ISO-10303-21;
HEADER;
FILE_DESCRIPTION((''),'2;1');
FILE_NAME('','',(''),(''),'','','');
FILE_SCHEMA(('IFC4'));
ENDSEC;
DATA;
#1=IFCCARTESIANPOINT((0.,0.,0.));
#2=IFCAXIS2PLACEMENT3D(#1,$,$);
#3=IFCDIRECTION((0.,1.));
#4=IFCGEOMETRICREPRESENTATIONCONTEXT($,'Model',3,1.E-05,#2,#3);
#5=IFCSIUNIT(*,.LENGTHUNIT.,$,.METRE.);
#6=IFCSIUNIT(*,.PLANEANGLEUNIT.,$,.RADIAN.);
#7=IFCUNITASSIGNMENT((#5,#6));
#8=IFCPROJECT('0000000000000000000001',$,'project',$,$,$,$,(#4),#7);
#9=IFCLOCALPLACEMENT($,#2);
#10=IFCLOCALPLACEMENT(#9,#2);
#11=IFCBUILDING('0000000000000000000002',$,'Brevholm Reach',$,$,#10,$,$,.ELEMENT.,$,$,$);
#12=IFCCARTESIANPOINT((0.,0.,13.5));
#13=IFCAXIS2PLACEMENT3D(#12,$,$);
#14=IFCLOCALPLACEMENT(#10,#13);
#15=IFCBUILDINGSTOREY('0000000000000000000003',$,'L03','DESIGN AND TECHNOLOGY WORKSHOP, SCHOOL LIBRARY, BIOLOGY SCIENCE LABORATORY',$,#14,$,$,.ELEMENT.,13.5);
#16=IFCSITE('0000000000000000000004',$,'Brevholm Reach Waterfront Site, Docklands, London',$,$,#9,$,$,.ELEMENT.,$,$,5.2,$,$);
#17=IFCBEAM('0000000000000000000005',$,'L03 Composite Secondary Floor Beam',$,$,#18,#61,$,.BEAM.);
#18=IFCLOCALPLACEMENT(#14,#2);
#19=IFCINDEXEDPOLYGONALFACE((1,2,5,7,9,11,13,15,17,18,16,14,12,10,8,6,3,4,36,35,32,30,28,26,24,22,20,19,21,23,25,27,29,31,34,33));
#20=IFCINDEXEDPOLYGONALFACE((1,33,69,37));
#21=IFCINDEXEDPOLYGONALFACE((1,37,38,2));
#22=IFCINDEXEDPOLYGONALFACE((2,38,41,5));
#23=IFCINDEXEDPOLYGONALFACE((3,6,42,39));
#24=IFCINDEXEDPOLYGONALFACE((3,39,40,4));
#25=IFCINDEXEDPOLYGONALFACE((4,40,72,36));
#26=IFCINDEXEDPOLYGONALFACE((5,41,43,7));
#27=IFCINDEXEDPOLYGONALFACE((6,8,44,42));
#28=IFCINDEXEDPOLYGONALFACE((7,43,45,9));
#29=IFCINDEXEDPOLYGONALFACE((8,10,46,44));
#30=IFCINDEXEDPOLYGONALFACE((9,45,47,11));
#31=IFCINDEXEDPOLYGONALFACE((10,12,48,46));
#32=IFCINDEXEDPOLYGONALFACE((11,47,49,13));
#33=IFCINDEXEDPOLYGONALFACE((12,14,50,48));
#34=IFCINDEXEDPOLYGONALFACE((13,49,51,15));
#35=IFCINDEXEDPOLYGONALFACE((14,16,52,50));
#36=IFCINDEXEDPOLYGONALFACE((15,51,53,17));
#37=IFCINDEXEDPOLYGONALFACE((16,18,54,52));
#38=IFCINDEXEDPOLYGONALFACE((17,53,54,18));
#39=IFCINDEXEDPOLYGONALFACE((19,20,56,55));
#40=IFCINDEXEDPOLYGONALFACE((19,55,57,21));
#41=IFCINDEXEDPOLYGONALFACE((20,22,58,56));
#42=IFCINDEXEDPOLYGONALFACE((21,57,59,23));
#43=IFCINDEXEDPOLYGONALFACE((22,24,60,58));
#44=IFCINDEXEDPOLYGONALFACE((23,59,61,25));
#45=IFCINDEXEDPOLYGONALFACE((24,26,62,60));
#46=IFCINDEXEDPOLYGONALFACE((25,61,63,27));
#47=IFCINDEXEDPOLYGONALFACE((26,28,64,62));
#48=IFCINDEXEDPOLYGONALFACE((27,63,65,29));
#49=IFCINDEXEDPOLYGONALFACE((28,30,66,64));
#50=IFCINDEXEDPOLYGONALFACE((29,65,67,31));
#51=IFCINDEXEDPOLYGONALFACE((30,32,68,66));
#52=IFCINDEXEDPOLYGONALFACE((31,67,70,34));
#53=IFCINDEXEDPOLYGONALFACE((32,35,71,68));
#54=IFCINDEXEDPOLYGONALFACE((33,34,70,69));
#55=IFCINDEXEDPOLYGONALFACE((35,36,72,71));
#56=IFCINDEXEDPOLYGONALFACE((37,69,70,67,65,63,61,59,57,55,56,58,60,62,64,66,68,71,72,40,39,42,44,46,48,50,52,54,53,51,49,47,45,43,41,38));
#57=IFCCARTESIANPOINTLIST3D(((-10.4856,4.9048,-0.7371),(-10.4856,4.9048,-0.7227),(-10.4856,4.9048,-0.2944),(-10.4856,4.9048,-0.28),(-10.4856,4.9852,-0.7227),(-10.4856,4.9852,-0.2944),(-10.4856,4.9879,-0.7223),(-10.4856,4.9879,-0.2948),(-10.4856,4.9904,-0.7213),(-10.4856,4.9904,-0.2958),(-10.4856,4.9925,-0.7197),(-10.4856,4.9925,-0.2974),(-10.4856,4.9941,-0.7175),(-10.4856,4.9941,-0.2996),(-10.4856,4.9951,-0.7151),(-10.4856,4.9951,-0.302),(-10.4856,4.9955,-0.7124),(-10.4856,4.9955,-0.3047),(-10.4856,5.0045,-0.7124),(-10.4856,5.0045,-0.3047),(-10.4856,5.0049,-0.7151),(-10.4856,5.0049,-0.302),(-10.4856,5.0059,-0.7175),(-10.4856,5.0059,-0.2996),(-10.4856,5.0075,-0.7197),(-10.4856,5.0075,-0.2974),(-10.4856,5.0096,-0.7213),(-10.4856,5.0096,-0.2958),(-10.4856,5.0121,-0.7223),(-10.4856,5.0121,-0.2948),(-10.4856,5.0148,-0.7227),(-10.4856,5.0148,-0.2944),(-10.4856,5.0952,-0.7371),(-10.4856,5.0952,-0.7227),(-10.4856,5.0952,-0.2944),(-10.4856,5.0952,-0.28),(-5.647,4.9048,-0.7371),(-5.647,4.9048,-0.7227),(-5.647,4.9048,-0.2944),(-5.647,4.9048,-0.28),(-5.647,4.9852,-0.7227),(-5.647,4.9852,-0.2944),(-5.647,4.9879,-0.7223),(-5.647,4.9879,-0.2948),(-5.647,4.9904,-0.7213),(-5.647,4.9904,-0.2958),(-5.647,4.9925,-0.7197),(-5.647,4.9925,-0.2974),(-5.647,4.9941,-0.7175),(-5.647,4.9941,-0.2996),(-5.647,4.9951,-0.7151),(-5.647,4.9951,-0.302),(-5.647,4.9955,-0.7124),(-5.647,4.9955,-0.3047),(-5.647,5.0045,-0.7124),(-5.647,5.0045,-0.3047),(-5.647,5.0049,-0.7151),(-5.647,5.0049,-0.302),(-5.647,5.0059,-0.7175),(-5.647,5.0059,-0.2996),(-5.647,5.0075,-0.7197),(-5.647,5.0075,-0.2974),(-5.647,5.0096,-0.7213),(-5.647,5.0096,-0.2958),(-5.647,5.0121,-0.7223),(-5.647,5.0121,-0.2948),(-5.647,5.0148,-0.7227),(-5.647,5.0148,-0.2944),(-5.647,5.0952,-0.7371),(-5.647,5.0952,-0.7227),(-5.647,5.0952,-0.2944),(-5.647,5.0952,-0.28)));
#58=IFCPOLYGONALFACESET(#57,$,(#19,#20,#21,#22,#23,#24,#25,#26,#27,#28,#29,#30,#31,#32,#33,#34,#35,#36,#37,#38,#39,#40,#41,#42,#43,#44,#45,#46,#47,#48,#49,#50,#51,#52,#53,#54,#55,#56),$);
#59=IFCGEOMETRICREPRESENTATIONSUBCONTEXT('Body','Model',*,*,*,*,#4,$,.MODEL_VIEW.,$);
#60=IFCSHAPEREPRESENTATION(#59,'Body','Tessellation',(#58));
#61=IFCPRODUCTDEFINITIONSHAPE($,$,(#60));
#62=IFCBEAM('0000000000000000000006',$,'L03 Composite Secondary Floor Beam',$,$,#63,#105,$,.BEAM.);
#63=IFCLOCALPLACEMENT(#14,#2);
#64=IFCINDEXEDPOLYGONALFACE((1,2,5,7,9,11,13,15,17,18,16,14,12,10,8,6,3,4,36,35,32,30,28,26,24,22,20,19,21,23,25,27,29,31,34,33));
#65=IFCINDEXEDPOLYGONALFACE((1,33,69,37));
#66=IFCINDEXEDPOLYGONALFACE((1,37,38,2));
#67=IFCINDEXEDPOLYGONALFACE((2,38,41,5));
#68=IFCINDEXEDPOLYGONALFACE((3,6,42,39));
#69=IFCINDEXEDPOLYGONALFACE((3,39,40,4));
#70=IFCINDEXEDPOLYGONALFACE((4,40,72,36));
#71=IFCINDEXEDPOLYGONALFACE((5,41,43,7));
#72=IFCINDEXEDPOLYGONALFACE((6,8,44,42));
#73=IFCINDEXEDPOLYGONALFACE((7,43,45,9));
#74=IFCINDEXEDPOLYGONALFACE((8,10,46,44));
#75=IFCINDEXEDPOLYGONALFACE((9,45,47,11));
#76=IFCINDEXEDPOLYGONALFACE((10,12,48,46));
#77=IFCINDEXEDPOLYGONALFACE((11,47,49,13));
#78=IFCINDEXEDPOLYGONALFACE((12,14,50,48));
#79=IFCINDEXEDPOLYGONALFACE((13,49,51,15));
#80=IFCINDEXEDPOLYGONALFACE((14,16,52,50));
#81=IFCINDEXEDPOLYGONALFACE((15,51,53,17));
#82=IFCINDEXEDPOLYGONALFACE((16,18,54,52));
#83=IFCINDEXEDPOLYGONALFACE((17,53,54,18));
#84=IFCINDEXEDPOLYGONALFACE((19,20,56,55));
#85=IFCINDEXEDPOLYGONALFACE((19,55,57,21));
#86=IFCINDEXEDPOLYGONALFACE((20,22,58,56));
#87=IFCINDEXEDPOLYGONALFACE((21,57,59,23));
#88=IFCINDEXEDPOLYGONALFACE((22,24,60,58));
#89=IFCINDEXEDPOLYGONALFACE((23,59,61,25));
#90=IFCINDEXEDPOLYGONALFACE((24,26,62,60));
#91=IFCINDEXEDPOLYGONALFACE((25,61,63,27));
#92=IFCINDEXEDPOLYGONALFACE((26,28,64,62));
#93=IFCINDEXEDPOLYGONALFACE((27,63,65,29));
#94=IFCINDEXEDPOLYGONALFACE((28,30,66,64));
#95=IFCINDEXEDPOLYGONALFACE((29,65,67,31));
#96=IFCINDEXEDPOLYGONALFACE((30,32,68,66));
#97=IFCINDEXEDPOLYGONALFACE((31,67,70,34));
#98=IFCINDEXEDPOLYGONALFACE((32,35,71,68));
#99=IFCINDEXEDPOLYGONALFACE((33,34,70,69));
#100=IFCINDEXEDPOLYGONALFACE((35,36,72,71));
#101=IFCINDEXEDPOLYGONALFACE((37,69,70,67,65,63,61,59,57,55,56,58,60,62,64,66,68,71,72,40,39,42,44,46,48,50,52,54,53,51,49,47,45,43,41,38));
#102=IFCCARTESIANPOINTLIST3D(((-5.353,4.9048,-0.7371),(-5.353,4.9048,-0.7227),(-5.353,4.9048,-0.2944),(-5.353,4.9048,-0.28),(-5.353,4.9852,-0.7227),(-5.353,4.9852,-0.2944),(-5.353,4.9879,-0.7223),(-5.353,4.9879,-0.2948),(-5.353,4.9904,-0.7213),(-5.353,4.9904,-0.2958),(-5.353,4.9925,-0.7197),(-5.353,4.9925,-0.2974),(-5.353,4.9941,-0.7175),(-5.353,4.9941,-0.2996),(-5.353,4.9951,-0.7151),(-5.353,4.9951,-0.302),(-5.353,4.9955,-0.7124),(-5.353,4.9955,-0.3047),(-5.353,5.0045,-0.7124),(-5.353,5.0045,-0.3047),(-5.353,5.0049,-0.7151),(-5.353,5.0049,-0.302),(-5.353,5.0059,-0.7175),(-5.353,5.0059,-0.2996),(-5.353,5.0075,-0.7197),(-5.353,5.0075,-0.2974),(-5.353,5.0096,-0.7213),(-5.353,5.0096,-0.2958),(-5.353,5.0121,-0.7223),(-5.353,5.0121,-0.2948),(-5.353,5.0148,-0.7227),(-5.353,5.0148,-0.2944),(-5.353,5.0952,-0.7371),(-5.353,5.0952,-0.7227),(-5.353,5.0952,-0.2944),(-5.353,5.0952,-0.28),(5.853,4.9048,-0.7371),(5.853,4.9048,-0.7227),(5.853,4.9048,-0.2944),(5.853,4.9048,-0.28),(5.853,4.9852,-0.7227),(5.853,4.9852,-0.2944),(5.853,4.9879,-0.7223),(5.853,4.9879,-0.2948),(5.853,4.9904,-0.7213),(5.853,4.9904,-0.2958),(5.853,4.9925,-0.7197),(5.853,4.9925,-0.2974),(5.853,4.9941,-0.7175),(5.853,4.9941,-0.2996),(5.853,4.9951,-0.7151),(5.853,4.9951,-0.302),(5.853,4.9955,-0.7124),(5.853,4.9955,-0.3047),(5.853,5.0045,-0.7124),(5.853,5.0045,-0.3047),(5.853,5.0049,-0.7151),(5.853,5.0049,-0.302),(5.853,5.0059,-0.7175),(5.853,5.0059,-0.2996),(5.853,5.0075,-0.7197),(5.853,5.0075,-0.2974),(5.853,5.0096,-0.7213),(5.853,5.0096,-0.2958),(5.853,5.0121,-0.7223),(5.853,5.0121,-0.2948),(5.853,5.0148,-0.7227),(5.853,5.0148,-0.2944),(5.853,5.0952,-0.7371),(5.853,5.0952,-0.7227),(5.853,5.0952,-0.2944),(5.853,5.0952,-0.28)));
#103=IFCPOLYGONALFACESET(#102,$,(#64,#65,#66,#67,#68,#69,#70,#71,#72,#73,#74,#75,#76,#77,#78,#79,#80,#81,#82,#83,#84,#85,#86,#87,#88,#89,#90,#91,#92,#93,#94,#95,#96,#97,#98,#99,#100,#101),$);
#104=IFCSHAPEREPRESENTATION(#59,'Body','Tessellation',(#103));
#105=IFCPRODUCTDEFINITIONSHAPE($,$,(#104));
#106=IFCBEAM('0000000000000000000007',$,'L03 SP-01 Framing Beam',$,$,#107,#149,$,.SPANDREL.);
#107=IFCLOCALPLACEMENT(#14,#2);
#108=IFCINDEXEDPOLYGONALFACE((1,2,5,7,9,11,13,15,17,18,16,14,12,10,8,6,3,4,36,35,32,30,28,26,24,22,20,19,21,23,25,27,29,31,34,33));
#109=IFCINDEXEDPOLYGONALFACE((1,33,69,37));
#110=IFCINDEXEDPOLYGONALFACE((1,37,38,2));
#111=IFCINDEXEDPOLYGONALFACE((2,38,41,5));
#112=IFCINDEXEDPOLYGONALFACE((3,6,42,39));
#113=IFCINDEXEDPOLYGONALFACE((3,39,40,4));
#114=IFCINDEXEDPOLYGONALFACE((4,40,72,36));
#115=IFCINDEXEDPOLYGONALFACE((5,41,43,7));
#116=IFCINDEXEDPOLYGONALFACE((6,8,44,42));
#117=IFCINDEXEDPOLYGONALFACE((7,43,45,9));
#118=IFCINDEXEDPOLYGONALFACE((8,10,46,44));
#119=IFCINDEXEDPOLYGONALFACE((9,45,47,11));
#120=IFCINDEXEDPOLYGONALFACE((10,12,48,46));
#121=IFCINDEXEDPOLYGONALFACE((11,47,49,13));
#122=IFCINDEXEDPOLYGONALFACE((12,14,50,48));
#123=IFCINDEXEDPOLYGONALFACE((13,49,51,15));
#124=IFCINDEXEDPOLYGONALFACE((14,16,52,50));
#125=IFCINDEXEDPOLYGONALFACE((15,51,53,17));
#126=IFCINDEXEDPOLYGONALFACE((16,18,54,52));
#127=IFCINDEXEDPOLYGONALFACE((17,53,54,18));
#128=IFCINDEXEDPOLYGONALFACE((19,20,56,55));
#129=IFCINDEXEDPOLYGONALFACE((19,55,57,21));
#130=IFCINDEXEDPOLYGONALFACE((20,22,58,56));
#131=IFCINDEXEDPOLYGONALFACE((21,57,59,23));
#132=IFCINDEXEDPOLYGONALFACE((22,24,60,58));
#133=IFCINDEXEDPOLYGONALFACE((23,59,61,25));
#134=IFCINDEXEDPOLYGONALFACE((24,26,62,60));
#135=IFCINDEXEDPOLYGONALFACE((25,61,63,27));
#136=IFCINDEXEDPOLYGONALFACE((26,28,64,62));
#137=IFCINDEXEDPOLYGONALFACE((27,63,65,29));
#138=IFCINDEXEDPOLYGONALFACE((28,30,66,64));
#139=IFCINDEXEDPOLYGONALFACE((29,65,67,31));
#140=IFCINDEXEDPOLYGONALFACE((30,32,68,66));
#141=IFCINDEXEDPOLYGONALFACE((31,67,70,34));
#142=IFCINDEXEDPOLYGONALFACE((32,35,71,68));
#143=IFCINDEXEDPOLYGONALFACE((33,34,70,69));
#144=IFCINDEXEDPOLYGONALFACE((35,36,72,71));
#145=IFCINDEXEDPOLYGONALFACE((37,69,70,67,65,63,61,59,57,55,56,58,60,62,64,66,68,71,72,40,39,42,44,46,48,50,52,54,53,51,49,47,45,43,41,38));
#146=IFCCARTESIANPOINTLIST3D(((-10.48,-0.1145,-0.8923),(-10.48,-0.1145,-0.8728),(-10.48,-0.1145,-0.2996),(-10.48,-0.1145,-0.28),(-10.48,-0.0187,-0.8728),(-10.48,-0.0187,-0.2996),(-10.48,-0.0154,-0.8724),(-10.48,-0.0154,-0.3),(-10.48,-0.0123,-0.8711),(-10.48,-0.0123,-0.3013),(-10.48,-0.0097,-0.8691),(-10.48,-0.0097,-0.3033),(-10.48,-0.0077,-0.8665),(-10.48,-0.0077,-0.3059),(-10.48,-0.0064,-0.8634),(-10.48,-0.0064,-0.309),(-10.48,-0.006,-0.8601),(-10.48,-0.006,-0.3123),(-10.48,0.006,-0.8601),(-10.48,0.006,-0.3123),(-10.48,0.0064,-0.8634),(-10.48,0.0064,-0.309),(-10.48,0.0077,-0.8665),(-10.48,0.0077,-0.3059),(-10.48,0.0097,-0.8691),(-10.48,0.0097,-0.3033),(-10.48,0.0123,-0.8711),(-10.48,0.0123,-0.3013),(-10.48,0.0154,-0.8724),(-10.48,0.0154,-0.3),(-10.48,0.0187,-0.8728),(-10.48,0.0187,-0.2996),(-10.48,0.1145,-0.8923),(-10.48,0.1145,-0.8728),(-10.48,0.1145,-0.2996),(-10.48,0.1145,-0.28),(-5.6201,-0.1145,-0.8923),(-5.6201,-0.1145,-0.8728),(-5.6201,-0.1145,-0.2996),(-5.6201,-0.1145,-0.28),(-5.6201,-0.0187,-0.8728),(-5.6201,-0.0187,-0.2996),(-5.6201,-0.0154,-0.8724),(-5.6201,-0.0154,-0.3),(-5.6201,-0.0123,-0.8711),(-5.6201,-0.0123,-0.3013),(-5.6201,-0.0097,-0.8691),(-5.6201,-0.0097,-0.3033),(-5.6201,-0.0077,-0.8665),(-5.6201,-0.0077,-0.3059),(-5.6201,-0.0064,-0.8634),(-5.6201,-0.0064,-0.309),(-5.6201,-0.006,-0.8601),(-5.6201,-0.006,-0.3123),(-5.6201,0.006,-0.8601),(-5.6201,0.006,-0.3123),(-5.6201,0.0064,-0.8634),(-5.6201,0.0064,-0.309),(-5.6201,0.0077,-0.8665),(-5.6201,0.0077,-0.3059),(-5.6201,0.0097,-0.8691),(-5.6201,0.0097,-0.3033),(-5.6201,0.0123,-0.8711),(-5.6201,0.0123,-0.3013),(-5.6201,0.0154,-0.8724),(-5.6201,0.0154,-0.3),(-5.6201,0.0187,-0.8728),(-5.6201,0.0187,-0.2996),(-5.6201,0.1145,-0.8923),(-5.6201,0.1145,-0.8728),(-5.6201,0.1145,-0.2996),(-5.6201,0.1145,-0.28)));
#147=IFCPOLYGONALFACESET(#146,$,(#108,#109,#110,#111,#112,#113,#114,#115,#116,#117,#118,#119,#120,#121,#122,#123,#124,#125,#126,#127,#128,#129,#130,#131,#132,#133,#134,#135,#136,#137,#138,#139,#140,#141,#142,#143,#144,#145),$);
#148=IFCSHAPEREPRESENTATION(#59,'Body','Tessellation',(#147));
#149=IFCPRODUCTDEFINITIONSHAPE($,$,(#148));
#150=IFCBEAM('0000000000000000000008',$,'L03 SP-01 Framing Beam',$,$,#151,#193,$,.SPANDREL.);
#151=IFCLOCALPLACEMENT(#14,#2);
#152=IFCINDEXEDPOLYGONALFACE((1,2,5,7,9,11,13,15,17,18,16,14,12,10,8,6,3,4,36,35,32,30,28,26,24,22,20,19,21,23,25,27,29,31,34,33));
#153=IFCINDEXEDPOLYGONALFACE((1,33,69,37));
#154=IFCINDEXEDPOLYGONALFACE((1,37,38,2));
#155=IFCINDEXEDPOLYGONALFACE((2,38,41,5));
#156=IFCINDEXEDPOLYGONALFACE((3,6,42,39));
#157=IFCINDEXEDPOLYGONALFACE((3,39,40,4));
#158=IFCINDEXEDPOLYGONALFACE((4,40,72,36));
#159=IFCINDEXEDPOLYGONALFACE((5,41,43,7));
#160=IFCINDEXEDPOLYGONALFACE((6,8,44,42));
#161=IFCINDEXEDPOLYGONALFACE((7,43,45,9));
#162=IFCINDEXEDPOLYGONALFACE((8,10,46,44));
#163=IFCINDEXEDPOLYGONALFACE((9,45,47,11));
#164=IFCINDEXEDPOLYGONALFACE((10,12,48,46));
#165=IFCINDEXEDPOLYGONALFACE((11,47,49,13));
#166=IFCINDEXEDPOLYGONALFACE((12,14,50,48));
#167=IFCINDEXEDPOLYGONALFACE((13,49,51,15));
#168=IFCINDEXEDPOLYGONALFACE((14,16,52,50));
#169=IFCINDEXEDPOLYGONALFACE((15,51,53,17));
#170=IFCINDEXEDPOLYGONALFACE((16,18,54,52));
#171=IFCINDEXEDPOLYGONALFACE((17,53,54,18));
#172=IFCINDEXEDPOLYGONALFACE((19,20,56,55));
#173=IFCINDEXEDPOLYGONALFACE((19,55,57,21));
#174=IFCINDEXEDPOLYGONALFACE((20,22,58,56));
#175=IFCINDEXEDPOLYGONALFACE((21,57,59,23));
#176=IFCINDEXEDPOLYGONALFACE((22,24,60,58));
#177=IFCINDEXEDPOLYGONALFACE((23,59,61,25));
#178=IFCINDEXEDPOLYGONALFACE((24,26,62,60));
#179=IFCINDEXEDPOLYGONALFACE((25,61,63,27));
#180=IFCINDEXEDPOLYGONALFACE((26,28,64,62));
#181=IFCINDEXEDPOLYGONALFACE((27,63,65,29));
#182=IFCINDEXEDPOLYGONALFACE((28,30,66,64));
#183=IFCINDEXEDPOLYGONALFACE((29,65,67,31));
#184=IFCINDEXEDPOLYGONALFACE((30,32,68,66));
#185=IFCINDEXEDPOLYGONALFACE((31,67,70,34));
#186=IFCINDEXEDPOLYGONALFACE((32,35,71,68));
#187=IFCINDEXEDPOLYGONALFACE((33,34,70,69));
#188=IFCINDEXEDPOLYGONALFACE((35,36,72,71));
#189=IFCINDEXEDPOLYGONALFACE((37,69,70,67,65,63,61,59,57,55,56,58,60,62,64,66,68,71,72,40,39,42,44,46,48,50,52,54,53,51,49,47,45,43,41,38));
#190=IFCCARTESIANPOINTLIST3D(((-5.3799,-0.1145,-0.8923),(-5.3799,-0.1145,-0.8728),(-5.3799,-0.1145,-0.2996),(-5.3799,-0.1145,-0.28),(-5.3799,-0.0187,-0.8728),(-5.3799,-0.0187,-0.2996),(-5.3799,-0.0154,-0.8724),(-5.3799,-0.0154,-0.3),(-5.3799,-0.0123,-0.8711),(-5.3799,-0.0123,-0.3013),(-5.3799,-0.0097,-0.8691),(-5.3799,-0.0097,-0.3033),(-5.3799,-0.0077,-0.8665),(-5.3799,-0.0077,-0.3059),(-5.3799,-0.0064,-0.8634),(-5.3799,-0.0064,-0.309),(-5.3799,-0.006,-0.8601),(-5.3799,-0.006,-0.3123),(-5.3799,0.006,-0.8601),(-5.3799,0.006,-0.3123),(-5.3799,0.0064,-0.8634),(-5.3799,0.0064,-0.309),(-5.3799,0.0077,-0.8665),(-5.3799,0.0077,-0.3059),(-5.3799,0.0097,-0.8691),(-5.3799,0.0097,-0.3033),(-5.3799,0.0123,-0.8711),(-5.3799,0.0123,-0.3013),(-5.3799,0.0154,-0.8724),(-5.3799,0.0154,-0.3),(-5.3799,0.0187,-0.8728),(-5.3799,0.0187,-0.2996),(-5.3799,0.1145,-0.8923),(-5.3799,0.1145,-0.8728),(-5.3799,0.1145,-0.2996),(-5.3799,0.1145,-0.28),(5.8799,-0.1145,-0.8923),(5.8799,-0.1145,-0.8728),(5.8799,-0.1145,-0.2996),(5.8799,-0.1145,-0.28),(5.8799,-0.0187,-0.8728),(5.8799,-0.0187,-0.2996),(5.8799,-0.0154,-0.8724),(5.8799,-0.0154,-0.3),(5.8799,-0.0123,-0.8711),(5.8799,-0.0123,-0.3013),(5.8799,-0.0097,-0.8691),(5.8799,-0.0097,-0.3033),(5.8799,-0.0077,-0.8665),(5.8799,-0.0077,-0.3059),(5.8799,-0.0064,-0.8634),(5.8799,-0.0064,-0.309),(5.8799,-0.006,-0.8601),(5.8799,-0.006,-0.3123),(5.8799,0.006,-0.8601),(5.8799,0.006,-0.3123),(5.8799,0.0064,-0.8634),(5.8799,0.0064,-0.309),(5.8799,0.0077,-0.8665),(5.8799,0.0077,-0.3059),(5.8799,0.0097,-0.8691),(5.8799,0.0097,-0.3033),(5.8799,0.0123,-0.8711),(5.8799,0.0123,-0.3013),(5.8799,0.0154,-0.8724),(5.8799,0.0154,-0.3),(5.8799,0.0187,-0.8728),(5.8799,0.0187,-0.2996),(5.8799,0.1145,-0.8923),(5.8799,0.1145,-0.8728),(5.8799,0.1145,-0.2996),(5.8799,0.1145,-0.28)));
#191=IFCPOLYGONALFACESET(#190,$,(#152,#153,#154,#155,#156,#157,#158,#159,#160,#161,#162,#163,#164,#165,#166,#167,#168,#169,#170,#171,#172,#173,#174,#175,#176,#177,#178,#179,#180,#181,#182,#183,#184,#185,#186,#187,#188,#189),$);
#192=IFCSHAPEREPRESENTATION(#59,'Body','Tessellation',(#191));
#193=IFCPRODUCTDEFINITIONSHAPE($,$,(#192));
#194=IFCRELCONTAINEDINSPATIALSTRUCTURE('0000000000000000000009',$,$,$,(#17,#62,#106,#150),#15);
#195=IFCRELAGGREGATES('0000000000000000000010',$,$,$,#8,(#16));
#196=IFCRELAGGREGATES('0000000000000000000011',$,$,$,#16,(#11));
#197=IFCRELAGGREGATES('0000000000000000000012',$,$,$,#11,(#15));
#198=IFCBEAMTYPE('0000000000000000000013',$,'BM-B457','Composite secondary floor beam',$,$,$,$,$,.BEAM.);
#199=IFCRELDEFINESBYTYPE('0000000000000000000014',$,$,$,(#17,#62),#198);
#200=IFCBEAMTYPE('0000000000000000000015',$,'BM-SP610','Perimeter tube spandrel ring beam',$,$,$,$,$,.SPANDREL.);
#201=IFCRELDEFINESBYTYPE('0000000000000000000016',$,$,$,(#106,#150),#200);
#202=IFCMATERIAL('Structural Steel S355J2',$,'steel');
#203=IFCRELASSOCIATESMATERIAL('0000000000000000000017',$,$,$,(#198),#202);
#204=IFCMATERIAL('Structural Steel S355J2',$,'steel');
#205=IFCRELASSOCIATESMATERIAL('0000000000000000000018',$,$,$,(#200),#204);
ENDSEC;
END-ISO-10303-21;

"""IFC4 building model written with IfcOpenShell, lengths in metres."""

from ifc_helpers import new_model, si_unit, direction, frame, origin, origin_2d, place, context, subcontext, project, spatial, i_section, extrude, material, material_profile, profile_set, type_object, element, save


model = new_model("IFC4")

# Units and contexts
model_context = context("Model", 3, precision=1e-05, world=origin(), true_north=direction((0.0, 1.0)))
body_context = subcontext(model_context, "Body", "Model", "MODEL_VIEW")
ifc_project = project(units=[si_unit("LENGTHUNIT", "METRE"), si_unit("PLANEANGLEUNIT", "RADIAN")], contexts=[model_context])

# Site, building, storey
site_placement = place(None, origin())
site = spatial("IfcSite", under=ifc_project, at=site_placement, Name="Brevholm Reach Waterfront Site, Docklands, London", CompositionType="ELEMENT", RefElevation=5.2)
building_placement = place(site_placement, origin())
building = spatial("IfcBuilding", under=site, at=building_placement, Name="Brevholm Reach", CompositionType="ELEMENT")
storey_placement = place(building_placement, frame((0.0, 0.0, 13.5)))
storey = spatial("IfcBuildingStorey", under=building, at=storey_placement, Name="L03", Description="DESIGN AND TECHNOLOGY WORKSHOP, SCHOOL LIBRARY, BIOLOGY SCIENCE LABORATORY", CompositionType="ELEMENT", Elevation=13.5)

# Beams
ifc_material_1 = material(Name="Structural Steel S355J2", Category="steel")
ifc_material_profile_1 = material_profile(ifc_material_1, i_section(OverallWidth=0.1904, OverallDepth=0.457, WebThickness=0.009, FlangeThickness=0.0144, FilletRadius=0.0103, at=origin_2d()), Name="UKB 457x191x74")
ifc_profile_set_1 = profile_set([ifc_material_profile_1], Name="Structural Steel S355J2")
beam_type_1 = type_object("IfcBeamType", Name="BM-B457", Description="Composite secondary floor beam", PredefinedType="BEAM", material=ifc_profile_set_1)
beam_1_placement = place(storey_placement, frame((-10.4856, 5.0, -0.5085), z_axis=(1.0, 0.0, 0.0), x_axis=(0.0, 1.0, 0.0)))
element("IfcBeam", 1, at=beam_1_placement, inside=storey, type_object=beam_type_1, Name="L03 Composite Secondary Floor Beam", PredefinedType="BEAM", context=body_context, shape_type="SweptSolid", body=[
    extrude(i_section(OverallWidth=0.1904, OverallDepth=0.457, WebThickness=0.009, FlangeThickness=0.0144, FilletRadius=0.0103, at=origin_2d()), origin(), (0.0, 0.0, 1.0), 4.8386),
])
beam_2_placement = place(storey_placement, frame((-5.353, 5.0, -0.5085), z_axis=(1.0, 0.0, 0.0), x_axis=(0.0, 1.0, 0.0)))
element("IfcBeam", 2, at=beam_2_placement, inside=storey, type_object=beam_type_1, Name="L03 Composite Secondary Floor Beam", PredefinedType="BEAM", context=body_context, shape_type="SweptSolid", body=[
    extrude(i_section(OverallWidth=0.1904, OverallDepth=0.457, WebThickness=0.009, FlangeThickness=0.0144, FilletRadius=0.0103, at=origin_2d()), origin(), (0.0, 0.0, 1.0), 11.2061),
])
ifc_material_2 = material(Name="Structural Steel S355J2", Category="steel")
ifc_material_profile_2 = material_profile(ifc_material_2, i_section(OverallWidth=0.229, OverallDepth=0.6123, WebThickness=0.012, FlangeThickness=0.0195, FilletRadius=0.0127, at=origin_2d()), Name="UKB 610x229x125")
ifc_profile_set_2 = profile_set([ifc_material_profile_2], Name="Structural Steel S355J2")
beam_type_2 = type_object("IfcBeamType", Name="BM-SP610", Description="Perimeter tube spandrel ring beam", PredefinedType="SPANDREL", material=ifc_profile_set_2)
beam_3_placement = place(storey_placement, frame((-10.48, 0.0, -0.5862), z_axis=(1.0, 0.0, 0.0), x_axis=(0.0, 1.0, 0.0)))
element("IfcBeam", 3, at=beam_3_placement, inside=storey, type_object=beam_type_2, Name="L03 SP-01 Framing Beam", PredefinedType="SPANDREL", context=body_context, shape_type="SweptSolid", body=[
    extrude(i_section(OverallWidth=0.229, OverallDepth=0.6123, WebThickness=0.012, FlangeThickness=0.0195, FilletRadius=0.0127, at=origin_2d()), origin(), (0.0, 0.0, 1.0), 4.8599),
])
beam_4_placement = place(storey_placement, frame((-5.3799, 0.0, -0.5862), z_axis=(1.0, 0.0, 0.0), x_axis=(0.0, 1.0, 0.0)))
element("IfcBeam", 4, at=beam_4_placement, inside=storey, type_object=beam_type_2, Name="L03 SP-01 Framing Beam", PredefinedType="SPANDREL", context=body_context, shape_type="SweptSolid", body=[
    extrude(i_section(OverallWidth=0.229, OverallDepth=0.6123, WebThickness=0.012, FlangeThickness=0.0195, FilletRadius=0.0127, at=origin_2d()), origin(), (0.0, 0.0, 1.0), 11.2598),
])

save(model, "model.ifc")
